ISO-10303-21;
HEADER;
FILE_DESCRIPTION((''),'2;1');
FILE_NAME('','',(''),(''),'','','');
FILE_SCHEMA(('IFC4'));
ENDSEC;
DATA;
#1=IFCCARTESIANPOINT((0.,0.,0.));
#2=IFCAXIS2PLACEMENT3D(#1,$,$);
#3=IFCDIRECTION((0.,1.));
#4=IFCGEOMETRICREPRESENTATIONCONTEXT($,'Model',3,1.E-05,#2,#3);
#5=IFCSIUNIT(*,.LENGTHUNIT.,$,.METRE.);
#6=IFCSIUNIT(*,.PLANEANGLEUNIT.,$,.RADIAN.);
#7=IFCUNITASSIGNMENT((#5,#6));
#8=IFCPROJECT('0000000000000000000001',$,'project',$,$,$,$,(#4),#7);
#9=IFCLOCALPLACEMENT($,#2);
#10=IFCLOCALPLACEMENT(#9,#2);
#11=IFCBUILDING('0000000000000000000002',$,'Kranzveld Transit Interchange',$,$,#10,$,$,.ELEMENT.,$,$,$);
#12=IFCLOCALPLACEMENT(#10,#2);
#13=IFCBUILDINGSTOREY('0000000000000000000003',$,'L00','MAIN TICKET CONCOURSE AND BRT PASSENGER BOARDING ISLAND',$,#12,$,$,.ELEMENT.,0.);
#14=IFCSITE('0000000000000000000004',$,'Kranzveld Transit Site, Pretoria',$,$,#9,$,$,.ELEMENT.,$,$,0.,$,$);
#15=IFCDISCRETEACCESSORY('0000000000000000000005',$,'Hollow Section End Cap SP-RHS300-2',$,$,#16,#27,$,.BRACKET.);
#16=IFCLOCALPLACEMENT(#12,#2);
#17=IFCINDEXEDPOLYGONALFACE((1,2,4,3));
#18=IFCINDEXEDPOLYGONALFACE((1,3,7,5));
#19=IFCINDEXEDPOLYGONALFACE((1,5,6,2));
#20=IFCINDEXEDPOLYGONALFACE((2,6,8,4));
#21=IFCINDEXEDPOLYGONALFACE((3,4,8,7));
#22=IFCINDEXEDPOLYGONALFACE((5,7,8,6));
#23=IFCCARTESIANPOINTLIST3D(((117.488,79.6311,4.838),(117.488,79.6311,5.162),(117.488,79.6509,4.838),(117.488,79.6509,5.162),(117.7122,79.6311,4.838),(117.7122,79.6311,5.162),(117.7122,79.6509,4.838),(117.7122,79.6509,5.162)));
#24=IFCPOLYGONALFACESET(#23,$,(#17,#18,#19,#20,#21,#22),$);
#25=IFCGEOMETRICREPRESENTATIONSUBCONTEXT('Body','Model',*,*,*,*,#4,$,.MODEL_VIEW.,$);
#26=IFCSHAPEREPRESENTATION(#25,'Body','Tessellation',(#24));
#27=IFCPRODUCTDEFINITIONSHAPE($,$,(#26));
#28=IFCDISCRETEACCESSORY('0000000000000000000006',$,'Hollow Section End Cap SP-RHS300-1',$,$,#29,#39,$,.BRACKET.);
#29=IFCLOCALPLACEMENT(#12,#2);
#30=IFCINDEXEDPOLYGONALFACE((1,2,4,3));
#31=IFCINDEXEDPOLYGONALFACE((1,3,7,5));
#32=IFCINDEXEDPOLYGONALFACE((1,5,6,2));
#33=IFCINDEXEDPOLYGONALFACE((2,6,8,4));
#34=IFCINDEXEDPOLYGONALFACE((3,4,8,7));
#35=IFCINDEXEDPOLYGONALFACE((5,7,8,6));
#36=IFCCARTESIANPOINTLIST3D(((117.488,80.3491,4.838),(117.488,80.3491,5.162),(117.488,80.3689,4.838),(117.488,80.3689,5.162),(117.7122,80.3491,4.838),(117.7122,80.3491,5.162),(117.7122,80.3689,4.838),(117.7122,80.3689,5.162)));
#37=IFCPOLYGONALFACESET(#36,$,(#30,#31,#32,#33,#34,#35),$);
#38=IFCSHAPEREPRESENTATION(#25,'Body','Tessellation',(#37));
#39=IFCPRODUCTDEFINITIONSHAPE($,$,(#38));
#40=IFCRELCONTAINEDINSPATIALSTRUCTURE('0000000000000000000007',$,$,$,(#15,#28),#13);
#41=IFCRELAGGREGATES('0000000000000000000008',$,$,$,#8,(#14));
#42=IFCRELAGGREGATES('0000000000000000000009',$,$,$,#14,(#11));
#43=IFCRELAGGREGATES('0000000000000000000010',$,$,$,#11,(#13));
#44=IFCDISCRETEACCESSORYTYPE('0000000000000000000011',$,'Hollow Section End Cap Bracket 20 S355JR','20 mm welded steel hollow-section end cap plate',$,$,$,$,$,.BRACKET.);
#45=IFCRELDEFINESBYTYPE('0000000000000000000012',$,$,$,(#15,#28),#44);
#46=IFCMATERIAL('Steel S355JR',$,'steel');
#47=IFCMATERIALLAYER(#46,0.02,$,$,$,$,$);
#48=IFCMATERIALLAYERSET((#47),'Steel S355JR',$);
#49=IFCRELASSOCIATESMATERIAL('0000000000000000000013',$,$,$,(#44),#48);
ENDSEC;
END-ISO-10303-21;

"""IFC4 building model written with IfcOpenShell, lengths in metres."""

from ifc_helpers import new_model, si_unit, direction, frame, origin, origin_2d, place, context, subcontext, project, spatial, rectangle, extrude, material, layer, layer_set, type_object, element, save


model = new_model("IFC4")

# Units and contexts
model_context = context("Model", 3, precision=1e-05, world=origin(), true_north=direction((0.0, 1.0)))
body_context = subcontext(model_context, "Body", "Model", "MODEL_VIEW")
ifc_project = project(units=[si_unit("LENGTHUNIT", "METRE"), si_unit("PLANEANGLEUNIT", "RADIAN")], contexts=[model_context])

# Site, building, storey
site_placement = place(None, origin())
site = spatial("IfcSite", under=ifc_project, at=site_placement, Name="Kranzveld Transit Site, Pretoria", CompositionType="ELEMENT", RefElevation=0.0)
building_placement = place(site_placement, origin())
building = spatial("IfcBuilding", under=site, at=building_placement, Name="Kranzveld Transit Interchange", CompositionType="ELEMENT")
storey_placement = place(building_placement, origin())
storey = spatial("IfcBuildingStorey", under=building, at=storey_placement, Name="L00", Description="MAIN TICKET CONCOURSE AND BRT PASSENGER BOARDING ISLAND", CompositionType="ELEMENT", Elevation=0.0)

# Discrete accessories
ifc_material_1 = material(Name="Steel S355JR", Category="steel")
ifc_layer_1 = layer(ifc_material_1, 0.02)
ifc_layer_set_1 = layer_set([ifc_layer_1], Name="Steel S355JR")
discrete_accessory_type = type_object("IfcDiscreteAccessoryType", Name="Hollow Section End Cap Bracket 20 S355JR", Description="20 mm welded steel hollow-section end cap plate", PredefinedType="BRACKET", material=ifc_layer_set_1)
for number, where, z_axis, x_axis, name in (
    (1, (117.6001, 79.6311, 5.0), (0.0, 1.0, 0.0), (-1.0, 0.0, 0.0), "Hollow Section End Cap SP-RHS300-2"),
    (2, (117.6001, 80.3689, 5.0), (0.0, -1.0, 0.0), (1.0, 0.0, 0.0), "Hollow Section End Cap SP-RHS300-1"),
):
    element("IfcDiscreteAccessory", number, at=place(storey_placement, frame(where, z_axis=z_axis, x_axis=x_axis)), inside=storey, type_object=discrete_accessory_type, Name=name, PredefinedType="BRACKET", context=body_context, shape_type="SweptSolid", body=[
        extrude(rectangle(XDim=0.2241, YDim=0.324, at=origin_2d()), origin(), (0.0, 0.0, 1.0), 0.0198),
    ])

save(model, "model.ifc")
